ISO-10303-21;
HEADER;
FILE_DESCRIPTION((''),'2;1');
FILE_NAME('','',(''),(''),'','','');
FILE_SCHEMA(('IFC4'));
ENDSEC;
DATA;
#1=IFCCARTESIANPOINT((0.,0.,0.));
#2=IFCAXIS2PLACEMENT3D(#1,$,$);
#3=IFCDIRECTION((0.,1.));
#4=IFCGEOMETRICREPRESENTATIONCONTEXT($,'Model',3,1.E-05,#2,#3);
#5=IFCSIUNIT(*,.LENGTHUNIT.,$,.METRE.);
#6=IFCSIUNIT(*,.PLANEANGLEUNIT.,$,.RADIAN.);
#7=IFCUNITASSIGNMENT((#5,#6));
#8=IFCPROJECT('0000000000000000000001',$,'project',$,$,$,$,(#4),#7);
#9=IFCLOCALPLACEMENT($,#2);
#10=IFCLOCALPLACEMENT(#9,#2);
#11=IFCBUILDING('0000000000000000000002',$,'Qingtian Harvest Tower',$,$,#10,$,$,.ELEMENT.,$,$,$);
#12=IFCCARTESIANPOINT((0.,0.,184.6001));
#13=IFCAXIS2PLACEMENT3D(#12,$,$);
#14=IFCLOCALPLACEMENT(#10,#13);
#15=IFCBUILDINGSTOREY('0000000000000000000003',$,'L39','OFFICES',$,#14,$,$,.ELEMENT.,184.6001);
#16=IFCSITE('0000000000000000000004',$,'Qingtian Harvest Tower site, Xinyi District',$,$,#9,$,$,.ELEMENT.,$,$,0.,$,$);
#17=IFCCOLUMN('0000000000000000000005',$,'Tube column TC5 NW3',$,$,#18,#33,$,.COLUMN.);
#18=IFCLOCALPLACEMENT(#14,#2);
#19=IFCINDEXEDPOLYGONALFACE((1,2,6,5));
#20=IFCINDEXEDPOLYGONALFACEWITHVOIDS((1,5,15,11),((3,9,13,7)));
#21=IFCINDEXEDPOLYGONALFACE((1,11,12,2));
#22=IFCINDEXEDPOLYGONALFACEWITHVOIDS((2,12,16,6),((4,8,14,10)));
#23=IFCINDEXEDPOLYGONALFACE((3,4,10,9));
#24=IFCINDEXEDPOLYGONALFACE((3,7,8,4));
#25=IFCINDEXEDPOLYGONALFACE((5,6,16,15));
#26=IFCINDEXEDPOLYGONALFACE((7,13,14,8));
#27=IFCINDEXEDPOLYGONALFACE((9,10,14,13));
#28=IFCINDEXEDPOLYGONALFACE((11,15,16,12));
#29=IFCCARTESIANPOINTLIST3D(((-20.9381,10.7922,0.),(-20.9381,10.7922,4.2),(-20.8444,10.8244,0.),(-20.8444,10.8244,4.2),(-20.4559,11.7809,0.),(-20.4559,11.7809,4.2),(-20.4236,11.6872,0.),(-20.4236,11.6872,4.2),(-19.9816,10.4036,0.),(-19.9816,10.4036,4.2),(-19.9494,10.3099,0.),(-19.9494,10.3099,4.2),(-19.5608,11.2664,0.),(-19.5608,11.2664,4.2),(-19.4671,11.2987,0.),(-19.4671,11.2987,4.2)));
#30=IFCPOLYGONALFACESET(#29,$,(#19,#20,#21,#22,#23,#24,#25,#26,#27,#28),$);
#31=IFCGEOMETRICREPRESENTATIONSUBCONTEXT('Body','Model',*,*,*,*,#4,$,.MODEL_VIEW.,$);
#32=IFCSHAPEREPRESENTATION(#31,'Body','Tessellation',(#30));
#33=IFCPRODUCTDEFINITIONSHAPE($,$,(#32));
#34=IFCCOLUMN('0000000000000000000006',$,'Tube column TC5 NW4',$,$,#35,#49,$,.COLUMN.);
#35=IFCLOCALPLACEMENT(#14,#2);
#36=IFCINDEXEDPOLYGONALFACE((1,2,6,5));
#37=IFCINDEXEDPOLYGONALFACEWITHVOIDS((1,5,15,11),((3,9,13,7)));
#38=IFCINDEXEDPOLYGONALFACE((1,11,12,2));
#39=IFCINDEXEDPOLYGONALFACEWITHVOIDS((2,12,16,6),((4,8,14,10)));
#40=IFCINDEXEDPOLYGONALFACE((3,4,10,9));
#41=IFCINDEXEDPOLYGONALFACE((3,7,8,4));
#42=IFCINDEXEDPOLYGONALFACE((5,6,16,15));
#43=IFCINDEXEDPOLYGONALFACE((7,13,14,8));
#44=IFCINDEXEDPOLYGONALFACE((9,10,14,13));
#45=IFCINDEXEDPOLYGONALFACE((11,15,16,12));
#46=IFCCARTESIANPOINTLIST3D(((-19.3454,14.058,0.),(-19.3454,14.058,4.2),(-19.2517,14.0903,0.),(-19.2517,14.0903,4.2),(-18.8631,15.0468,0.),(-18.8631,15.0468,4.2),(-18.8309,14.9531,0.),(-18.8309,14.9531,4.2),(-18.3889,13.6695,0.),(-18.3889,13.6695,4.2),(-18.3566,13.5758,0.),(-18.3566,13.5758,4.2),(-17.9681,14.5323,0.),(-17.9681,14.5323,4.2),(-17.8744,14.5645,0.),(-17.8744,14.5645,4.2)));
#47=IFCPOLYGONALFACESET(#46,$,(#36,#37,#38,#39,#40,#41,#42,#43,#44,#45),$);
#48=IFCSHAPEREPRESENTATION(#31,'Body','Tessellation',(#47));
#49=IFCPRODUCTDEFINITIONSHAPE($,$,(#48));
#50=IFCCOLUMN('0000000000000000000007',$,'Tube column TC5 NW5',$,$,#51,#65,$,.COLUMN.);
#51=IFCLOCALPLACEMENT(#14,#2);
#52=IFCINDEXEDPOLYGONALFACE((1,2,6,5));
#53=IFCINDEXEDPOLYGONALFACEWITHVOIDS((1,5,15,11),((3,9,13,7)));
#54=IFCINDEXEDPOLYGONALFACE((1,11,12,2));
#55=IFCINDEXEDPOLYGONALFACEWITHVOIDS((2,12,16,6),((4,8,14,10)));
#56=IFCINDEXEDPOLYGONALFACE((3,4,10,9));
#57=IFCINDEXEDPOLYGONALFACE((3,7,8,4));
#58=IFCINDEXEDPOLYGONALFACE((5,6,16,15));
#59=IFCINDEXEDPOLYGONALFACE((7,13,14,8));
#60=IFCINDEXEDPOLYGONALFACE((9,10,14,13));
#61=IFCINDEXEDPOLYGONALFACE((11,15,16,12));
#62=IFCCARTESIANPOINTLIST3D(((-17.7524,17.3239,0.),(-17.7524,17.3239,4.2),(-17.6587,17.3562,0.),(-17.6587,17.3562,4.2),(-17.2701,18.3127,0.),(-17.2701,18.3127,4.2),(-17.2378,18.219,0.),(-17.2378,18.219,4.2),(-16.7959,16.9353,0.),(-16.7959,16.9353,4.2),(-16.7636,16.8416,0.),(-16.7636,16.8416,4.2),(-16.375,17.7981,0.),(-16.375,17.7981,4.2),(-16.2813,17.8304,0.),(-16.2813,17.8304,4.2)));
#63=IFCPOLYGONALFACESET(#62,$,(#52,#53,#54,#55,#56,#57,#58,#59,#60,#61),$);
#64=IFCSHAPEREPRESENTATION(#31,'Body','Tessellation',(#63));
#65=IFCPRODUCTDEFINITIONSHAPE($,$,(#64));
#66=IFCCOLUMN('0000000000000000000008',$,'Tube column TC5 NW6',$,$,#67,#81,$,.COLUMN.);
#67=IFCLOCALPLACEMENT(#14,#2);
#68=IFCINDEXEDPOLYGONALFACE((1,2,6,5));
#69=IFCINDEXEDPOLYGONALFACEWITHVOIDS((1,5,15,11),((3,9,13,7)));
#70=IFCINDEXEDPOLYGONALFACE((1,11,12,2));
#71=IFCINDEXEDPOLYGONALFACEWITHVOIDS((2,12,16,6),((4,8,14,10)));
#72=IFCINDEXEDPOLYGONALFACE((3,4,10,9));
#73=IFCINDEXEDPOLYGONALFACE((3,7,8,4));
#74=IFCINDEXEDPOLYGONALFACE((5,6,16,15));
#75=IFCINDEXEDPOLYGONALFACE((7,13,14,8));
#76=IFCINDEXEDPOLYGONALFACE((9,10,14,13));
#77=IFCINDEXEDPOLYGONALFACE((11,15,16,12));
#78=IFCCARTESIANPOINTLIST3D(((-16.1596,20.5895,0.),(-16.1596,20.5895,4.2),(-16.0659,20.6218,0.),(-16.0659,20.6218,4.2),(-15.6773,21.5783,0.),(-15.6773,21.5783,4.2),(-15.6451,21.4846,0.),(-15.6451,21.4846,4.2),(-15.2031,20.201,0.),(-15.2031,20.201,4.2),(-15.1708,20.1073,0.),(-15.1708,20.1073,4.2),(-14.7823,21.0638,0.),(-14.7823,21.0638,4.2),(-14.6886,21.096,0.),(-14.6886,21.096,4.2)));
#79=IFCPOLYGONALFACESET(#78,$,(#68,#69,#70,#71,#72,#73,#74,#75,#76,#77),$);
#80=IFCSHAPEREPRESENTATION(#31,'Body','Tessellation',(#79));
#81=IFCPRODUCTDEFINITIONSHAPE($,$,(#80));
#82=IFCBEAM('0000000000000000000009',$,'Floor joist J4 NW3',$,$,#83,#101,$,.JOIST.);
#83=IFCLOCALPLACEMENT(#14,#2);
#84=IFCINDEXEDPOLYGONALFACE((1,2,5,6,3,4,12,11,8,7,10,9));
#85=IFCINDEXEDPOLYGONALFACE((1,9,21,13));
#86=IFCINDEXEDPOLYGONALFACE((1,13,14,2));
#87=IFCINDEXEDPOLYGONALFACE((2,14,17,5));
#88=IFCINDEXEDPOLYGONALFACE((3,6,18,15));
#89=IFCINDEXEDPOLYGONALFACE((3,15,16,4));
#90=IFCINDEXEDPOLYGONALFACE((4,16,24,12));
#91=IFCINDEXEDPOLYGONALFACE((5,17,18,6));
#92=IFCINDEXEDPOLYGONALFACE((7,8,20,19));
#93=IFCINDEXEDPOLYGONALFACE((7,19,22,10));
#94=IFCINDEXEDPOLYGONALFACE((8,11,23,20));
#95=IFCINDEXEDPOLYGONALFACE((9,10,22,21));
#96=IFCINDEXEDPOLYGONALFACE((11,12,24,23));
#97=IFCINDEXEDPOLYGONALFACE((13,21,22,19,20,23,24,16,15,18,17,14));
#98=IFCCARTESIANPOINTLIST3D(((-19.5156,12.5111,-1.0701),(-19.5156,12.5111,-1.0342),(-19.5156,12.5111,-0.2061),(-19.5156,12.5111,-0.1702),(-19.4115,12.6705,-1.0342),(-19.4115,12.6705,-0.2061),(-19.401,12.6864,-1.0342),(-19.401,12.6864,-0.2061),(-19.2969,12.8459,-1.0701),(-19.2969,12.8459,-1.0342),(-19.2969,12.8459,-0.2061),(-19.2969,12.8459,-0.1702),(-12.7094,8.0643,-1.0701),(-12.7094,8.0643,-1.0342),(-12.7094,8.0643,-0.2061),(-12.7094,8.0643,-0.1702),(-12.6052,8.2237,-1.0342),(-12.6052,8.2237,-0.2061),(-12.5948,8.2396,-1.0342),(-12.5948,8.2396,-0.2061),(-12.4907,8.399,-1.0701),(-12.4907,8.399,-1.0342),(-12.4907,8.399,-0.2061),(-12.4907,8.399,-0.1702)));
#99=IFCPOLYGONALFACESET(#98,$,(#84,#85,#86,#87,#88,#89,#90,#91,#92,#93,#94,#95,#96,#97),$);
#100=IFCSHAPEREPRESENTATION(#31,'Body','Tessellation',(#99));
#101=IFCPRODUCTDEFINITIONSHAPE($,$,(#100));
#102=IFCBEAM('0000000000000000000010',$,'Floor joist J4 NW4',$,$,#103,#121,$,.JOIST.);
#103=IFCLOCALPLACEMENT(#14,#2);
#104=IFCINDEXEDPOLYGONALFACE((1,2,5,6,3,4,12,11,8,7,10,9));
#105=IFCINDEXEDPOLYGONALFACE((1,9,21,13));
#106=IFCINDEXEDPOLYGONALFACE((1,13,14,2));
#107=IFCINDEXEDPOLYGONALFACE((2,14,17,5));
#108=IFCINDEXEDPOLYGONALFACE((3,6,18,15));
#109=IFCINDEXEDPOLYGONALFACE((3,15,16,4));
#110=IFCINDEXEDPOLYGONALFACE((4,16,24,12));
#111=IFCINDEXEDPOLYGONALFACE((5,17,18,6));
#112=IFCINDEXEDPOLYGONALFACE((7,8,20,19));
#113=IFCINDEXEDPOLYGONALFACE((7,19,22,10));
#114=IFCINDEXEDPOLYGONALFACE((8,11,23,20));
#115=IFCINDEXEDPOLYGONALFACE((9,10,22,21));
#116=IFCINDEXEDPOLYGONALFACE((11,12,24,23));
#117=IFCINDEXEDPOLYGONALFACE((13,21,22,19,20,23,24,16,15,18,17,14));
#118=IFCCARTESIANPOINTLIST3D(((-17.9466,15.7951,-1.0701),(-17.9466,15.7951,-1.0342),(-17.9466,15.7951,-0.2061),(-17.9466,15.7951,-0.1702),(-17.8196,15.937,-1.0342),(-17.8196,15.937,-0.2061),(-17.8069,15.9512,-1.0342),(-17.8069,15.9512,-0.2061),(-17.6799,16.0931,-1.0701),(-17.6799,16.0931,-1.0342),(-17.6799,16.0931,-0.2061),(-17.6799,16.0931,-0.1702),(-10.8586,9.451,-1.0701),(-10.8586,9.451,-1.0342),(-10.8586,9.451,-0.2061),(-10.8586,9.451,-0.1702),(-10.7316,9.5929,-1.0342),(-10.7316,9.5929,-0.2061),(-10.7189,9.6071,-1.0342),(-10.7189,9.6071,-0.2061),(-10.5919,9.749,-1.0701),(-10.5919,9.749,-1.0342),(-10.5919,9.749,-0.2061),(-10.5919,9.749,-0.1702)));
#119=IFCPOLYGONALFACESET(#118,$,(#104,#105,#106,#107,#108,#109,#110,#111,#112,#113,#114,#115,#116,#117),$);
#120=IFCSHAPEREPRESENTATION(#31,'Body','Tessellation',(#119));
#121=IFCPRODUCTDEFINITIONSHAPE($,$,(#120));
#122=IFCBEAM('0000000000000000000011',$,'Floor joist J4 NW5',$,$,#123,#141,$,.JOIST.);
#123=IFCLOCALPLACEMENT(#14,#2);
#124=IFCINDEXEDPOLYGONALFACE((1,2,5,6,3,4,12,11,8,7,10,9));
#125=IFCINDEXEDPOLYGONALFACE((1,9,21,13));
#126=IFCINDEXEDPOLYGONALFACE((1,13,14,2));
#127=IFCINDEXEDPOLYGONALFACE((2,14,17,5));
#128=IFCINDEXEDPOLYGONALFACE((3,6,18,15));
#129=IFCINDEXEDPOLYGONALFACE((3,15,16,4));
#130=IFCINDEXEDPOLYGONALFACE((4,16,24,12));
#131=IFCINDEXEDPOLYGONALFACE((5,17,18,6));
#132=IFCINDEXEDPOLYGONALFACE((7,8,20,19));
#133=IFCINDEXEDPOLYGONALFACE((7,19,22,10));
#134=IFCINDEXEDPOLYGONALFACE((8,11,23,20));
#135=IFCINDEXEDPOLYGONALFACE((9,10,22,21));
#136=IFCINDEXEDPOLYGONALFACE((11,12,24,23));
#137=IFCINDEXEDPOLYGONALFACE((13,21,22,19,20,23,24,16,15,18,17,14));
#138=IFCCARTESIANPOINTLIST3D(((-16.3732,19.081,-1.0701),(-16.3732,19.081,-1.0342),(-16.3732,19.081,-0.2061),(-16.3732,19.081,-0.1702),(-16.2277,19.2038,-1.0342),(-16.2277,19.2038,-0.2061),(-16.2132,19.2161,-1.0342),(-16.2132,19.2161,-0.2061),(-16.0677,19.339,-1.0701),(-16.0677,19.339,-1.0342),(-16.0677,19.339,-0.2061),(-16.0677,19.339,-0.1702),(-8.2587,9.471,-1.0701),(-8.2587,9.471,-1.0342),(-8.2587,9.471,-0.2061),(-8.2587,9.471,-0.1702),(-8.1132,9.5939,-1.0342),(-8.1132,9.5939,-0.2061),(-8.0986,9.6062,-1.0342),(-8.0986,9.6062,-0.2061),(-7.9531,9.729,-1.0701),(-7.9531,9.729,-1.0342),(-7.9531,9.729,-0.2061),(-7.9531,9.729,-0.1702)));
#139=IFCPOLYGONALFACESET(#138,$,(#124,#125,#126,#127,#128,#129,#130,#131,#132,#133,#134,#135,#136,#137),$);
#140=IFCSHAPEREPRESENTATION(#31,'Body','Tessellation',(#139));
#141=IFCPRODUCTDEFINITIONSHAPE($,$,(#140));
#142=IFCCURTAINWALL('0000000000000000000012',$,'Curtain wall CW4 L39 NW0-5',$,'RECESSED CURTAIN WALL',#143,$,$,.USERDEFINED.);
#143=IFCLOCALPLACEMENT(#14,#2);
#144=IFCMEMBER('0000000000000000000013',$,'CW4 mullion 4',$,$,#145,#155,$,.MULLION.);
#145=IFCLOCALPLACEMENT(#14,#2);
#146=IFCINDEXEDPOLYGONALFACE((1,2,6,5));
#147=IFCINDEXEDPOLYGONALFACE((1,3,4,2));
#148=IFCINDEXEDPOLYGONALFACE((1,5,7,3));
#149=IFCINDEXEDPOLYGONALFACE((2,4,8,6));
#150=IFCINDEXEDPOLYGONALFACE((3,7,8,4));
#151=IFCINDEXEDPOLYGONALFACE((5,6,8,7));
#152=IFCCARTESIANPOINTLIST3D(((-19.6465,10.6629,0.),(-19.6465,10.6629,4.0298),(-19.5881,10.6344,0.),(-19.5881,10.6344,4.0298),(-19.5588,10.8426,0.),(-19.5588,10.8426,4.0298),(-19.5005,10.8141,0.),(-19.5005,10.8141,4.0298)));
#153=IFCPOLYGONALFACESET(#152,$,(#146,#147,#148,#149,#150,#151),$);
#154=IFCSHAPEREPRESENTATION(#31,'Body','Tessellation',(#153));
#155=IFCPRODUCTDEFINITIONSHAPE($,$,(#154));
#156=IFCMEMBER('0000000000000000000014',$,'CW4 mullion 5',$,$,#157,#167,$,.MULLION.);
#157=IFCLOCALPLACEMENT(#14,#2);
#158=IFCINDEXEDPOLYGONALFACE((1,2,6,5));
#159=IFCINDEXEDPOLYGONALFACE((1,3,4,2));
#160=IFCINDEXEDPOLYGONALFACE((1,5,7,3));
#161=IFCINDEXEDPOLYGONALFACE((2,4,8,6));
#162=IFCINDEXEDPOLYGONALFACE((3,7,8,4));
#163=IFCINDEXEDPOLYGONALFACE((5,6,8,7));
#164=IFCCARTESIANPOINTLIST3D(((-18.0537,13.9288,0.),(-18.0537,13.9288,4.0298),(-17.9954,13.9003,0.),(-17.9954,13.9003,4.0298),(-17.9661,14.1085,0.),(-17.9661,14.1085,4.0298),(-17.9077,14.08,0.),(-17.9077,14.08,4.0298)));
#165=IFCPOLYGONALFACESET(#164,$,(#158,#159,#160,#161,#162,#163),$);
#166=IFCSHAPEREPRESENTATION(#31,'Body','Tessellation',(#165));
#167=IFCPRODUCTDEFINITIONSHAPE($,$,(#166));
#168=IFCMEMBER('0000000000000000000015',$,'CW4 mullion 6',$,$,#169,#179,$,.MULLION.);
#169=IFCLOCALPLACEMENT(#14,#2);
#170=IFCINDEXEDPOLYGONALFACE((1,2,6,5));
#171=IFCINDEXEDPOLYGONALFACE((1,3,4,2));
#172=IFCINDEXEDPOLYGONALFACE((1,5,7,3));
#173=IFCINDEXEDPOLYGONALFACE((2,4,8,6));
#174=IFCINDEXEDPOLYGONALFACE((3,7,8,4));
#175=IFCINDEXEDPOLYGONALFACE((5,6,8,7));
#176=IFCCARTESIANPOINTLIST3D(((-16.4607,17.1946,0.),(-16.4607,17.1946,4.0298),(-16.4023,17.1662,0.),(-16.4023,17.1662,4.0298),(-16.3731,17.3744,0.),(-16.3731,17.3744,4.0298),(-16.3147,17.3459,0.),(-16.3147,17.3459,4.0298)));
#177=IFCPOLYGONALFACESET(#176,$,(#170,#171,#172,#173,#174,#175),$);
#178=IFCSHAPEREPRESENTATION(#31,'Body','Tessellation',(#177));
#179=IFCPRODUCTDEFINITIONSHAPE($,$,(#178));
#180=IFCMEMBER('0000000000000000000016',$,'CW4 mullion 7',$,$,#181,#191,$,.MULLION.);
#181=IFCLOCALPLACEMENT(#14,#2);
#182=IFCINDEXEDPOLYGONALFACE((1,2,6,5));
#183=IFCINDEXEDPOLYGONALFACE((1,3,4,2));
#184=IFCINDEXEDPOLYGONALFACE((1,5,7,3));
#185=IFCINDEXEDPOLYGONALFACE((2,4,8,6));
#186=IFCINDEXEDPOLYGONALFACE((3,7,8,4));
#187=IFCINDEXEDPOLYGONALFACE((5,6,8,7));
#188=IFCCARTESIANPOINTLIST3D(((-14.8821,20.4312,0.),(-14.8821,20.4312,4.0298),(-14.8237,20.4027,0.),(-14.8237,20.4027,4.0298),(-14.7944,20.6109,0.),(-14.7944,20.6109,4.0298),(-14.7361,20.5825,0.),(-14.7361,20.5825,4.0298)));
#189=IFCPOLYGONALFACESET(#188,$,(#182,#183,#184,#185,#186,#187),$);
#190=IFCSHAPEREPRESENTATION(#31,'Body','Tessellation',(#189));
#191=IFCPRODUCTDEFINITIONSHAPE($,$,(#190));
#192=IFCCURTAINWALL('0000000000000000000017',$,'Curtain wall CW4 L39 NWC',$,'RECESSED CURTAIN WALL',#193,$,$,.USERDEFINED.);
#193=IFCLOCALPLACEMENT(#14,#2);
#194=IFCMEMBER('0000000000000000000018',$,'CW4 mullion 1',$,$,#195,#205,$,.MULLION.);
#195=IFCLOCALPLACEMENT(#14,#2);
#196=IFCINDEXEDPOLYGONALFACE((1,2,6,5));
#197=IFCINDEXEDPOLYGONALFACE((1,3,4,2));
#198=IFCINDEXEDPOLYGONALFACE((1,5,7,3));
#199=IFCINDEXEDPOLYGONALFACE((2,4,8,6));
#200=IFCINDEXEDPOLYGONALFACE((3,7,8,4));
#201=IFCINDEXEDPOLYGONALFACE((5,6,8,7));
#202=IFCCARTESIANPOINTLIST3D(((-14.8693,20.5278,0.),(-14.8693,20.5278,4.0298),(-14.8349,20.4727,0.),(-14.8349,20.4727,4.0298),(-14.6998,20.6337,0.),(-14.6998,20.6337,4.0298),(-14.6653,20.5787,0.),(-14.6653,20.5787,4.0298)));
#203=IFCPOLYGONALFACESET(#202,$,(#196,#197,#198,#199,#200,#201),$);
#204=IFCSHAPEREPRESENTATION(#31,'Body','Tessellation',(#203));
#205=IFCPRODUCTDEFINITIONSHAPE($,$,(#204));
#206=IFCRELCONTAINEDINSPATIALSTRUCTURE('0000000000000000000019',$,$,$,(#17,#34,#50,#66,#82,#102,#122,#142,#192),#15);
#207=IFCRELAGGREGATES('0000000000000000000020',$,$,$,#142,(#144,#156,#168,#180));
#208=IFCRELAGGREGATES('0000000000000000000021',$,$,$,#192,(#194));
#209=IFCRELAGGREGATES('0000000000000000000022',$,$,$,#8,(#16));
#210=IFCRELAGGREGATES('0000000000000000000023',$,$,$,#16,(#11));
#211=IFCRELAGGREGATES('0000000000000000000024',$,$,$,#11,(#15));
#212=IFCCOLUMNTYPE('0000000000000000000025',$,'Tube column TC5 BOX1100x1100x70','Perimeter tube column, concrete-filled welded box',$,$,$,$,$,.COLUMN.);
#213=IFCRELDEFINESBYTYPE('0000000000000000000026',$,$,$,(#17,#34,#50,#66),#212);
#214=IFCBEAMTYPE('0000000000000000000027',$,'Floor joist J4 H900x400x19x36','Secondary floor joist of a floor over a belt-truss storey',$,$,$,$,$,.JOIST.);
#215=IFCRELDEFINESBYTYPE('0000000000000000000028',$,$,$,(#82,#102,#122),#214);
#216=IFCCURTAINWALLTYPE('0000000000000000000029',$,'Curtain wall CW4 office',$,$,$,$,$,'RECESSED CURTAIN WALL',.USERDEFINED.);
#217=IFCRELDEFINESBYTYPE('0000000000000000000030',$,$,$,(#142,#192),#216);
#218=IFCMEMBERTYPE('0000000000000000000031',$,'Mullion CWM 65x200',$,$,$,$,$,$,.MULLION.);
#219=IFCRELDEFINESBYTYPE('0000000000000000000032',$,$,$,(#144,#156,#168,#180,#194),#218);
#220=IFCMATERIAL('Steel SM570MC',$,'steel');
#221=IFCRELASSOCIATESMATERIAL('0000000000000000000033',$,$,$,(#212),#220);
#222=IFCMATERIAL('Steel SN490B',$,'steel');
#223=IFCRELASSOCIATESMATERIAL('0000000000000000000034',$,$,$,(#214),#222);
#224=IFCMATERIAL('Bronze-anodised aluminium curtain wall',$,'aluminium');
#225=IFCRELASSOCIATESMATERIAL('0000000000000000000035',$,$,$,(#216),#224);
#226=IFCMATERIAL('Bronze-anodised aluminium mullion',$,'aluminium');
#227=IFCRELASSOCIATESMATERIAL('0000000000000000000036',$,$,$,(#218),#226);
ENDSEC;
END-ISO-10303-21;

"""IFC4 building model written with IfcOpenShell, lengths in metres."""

from ifc_helpers import new_model, si_unit, direction, frame, origin, origin_2d, place, context, subcontext, project, spatial, rectangle, hollow_rectangle, i_section, extrude, material, material_profile, profile_set, type_object, element, aggregate, save


model = new_model("IFC4")

# Units and contexts
model_context = context("Model", 3, precision=1e-05, world=origin(), true_north=direction((0.0, 1.0)))
body_context = subcontext(model_context, "Body", "Model", "MODEL_VIEW")
ifc_project = project(units=[si_unit("LENGTHUNIT", "METRE"), si_unit("PLANEANGLEUNIT", "RADIAN")], contexts=[model_context])

# Site, building, storey
site_placement = place(None, origin())
site = spatial("IfcSite", under=ifc_project, at=site_placement, Name="Qingtian Harvest Tower site, Xinyi District", CompositionType="ELEMENT", RefElevation=0.0)
building_placement = place(site_placement, origin())
building = spatial("IfcBuilding", under=site, at=building_placement, Name="Qingtian Harvest Tower", CompositionType="ELEMENT")
storey_placement = place(building_placement, frame((0.0, 0.0, 184.6001)))
storey = spatial("IfcBuildingStorey", under=building, at=storey_placement, Name="L39", Description="OFFICES", CompositionType="ELEMENT", Elevation=184.6001)

# Columns
ifc_material_1 = material(Name="Steel SM570MC", Category="steel")
ifc_material_profile_1 = material_profile(ifc_material_1, hollow_rectangle(XDim=1.1001, YDim=1.1001, WallThickness=0.0701, at=origin_2d()), Name="BOX1100x1100x70")
ifc_profile_set_1 = profile_set([ifc_material_profile_1], Name="Steel SM570MC")
column_type = type_object("IfcColumnType", Name="Tube column TC5 BOX1100x1100x70", Description="Perimeter tube column, concrete-filled welded box", PredefinedType="COLUMN", material=ifc_profile_set_1)
for number, where, z_axis, x_axis, name in (
    (1, (-20.2026, 11.0454, 0.0), (0.0, 0.0, 1.0), (-0.438371, -0.898794, 0.0), "Tube column TC5 NW3"),
    (2, (-18.6099, 14.3113, 0.0), (0.0, 0.0, 1.0), (-0.438371, -0.898794, 0.0), "Tube column TC5 NW4"),
    (3, (-17.0168, 17.5771, 0.0), (0.0, 0.0, 1.0), (-0.438371, -0.898794, 0.0), "Tube column TC5 NW5"),
    (4, (-15.4241, 20.8428, 0.0), (0.0, 0.0, 1.0), (-0.438371, -0.898794, 0.0), "Tube column TC5 NW6"),
):
    element("IfcColumn", number, at=place(storey_placement, frame(where, z_axis=z_axis, x_axis=x_axis)), inside=storey, type_object=column_type, Name=name, PredefinedType="COLUMN", context=body_context, shape_type="SweptSolid", body=[
        extrude(hollow_rectangle(XDim=1.1001, YDim=1.1001, WallThickness=0.0701, at=origin_2d()), origin(), (0.0, 0.0, 1.0), 4.2),
    ])

# Beams
ifc_material_2 = material(Name="Steel SN490B", Category="steel")
ifc_material_profile_2 = material_profile(ifc_material_2, i_section(OverallWidth=0.3999, OverallDepth=0.8999, WebThickness=0.019, FlangeThickness=0.0359, at=origin_2d()), Name="H900x400x19x36")
ifc_profile_set_2 = profile_set([ifc_material_profile_2], Name="Steel SN490B")
beam_type_1 = type_object("IfcBeamType", Name="Floor joist J4 H900x400x19x36", Description="Secondary floor joist of a floor over a belt-truss storey", PredefinedType="JOIST", material=ifc_profile_set_2)
beam_1_placement = place(storey_placement, frame((-19.4062, 12.6785, -0.6201), z_axis=(0.837161, -0.546956, 0.0), x_axis=(0.546956, 0.837161, 0.0)))
element("IfcBeam", 5, at=beam_1_placement, inside=storey, type_object=beam_type_1, Name="Floor joist J4 NW3", PredefinedType="JOIST", context=body_context, shape_type="SweptSolid", body=[
    extrude(i_section(OverallWidth=0.3999, OverallDepth=0.8999, WebThickness=0.019, FlangeThickness=0.0359, at=origin_2d()), origin(), (0.0, 0.0, 1.0), 8.1301),
])
beam_2_placement = place(storey_placement, frame((-17.8132, 15.9441, -0.6201), z_axis=(0.745127, -0.666923, 0.0), x_axis=(0.666923, 0.745127, 0.0)))
element("IfcBeam", 6, at=beam_2_placement, inside=storey, type_object=beam_type_1, Name="Floor joist J4 NW4", PredefinedType="JOIST", context=body_context, shape_type="SweptSolid", body=[
    extrude(i_section(OverallWidth=0.3999, OverallDepth=0.8999, WebThickness=0.019, FlangeThickness=0.0359, at=origin_2d()), origin(), (0.0, 0.0, 1.0), 9.5125),
])
beam_3_placement = place(storey_placement, frame((-16.2205, 19.21, -0.6201), z_axis=(0.645158, -0.764049, 0.0), x_axis=(0.764049, 0.645158, 0.0)))
element("IfcBeam", 7, at=beam_3_placement, inside=storey, type_object=beam_type_1, Name="Floor joist J4 NW5", PredefinedType="JOIST", context=body_context, shape_type="SweptSolid", body=[
    extrude(i_section(OverallWidth=0.3999, OverallDepth=0.8999, WebThickness=0.019, FlangeThickness=0.0359, at=origin_2d()), origin(), (0.0, 0.0, 1.0), 12.5776),
])

# Curtain walls, members
ifc_material_3 = material(Name="Bronze-anodised aluminium curtain wall", Category="aluminium")
curtain_wall_type = type_object("IfcCurtainWallType", Name="Curtain wall CW4 office", ElementType="RECESSED CURTAIN WALL", PredefinedType="USERDEFINED", material=ifc_material_3)
curtain_wall_1_placement = place(storey_placement, origin())
curtain_wall_1 = element("IfcCurtainWall", 8, at=curtain_wall_1_placement, inside=storey, type_object=curtain_wall_type, Name="Curtain wall CW4 L39 NW0-5", ObjectType="RECESSED CURTAIN WALL", PredefinedType="USERDEFINED")
ifc_material_4 = material(Name="Bronze-anodised aluminium mullion", Category="aluminium")
ifc_material_profile_3 = material_profile(ifc_material_4, rectangle(XDim=0.0649, YDim=0.2, at=origin_2d()), Name="AL 65x200")
ifc_profile_set_3 = profile_set([ifc_material_profile_3], Name="Bronze-anodised aluminium mullion")
member_type_1 = type_object("IfcMemberType", Name="Mullion CWM 65x200", PredefinedType="MULLION", material=ifc_profile_set_3)
member_1_placement = place(storey_placement, frame((-19.5735, 10.7385, 0.0), z_axis=(0.0, 0.0, 1.0), x_axis=(-0.898794, 0.438371, 0.0)))
member_1 = element("IfcMember", 9, at=member_1_placement, type_object=member_type_1, Name="CW4 mullion 4", PredefinedType="MULLION", context=body_context, shape_type="SweptSolid", body=[
    extrude(rectangle(XDim=0.0649, YDim=0.2, at=origin_2d()), origin(), (0.0, 0.0, 1.0), 4.0298),
])
member_2_placement = place(storey_placement, frame((-17.9807, 14.0044, 0.0), z_axis=(0.0, 0.0, 1.0), x_axis=(-0.898794, 0.438371, 0.0)))
member_2 = element("IfcMember", 10, at=member_2_placement, type_object=member_type_1, Name="CW4 mullion 5", PredefinedType="MULLION", context=body_context, shape_type="SweptSolid", body=[
    extrude(rectangle(XDim=0.0649, YDim=0.2, at=origin_2d()), origin(), (0.0, 0.0, 1.0), 4.0298),
])
member_3_placement = place(storey_placement, frame((-16.3877, 17.2703, 0.0), z_axis=(0.0, 0.0, 1.0), x_axis=(-0.898794, 0.438371, 0.0)))
member_3 = element("IfcMember", 11, at=member_3_placement, type_object=member_type_1, Name="CW4 mullion 6", PredefinedType="MULLION", context=body_context, shape_type="SweptSolid", body=[
    extrude(rectangle(XDim=0.0649, YDim=0.2, at=origin_2d()), origin(), (0.0, 0.0, 1.0), 4.0298),
])
member_4_placement = place(storey_placement, frame((-14.8091, 20.5068, 0.0), z_axis=(0.0, 0.0, 1.0), x_axis=(-0.898794, 0.438371, 0.0)))
member_4 = element("IfcMember", 12, at=member_4_placement, type_object=member_type_1, Name="CW4 mullion 7", PredefinedType="MULLION", context=body_context, shape_type="SweptSolid", body=[
    extrude(rectangle(XDim=0.0649, YDim=0.2, at=origin_2d()), origin(), (0.0, 0.0, 1.0), 4.0298),
])
curtain_wall_2_placement = place(storey_placement, origin())
curtain_wall_2 = element("IfcCurtainWall", 13, at=curtain_wall_2_placement, inside=storey, type_object=curtain_wall_type, Name="Curtain wall CW4 L39 NWC", ObjectType="RECESSED CURTAIN WALL", PredefinedType="USERDEFINED")
member_5_placement = place(storey_placement, frame((-14.7673, 20.5532, 0.0), z_axis=(0.0, 0.0, 1.0), x_axis=(-0.529919, 0.848048, 0.0)))
member_5 = element("IfcMember", 14, at=member_5_placement, type_object=member_type_1, Name="CW4 mullion 1", PredefinedType="MULLION", context=body_context, shape_type="SweptSolid", body=[
    extrude(rectangle(XDim=0.0649, YDim=0.2, at=origin_2d()), origin(), (0.0, 0.0, 1.0), 4.0298),
])

aggregate(curtain_wall_1, [member_1, member_2, member_3, member_4])
aggregate(curtain_wall_2, [member_5])

save(model, "model.ifc")
